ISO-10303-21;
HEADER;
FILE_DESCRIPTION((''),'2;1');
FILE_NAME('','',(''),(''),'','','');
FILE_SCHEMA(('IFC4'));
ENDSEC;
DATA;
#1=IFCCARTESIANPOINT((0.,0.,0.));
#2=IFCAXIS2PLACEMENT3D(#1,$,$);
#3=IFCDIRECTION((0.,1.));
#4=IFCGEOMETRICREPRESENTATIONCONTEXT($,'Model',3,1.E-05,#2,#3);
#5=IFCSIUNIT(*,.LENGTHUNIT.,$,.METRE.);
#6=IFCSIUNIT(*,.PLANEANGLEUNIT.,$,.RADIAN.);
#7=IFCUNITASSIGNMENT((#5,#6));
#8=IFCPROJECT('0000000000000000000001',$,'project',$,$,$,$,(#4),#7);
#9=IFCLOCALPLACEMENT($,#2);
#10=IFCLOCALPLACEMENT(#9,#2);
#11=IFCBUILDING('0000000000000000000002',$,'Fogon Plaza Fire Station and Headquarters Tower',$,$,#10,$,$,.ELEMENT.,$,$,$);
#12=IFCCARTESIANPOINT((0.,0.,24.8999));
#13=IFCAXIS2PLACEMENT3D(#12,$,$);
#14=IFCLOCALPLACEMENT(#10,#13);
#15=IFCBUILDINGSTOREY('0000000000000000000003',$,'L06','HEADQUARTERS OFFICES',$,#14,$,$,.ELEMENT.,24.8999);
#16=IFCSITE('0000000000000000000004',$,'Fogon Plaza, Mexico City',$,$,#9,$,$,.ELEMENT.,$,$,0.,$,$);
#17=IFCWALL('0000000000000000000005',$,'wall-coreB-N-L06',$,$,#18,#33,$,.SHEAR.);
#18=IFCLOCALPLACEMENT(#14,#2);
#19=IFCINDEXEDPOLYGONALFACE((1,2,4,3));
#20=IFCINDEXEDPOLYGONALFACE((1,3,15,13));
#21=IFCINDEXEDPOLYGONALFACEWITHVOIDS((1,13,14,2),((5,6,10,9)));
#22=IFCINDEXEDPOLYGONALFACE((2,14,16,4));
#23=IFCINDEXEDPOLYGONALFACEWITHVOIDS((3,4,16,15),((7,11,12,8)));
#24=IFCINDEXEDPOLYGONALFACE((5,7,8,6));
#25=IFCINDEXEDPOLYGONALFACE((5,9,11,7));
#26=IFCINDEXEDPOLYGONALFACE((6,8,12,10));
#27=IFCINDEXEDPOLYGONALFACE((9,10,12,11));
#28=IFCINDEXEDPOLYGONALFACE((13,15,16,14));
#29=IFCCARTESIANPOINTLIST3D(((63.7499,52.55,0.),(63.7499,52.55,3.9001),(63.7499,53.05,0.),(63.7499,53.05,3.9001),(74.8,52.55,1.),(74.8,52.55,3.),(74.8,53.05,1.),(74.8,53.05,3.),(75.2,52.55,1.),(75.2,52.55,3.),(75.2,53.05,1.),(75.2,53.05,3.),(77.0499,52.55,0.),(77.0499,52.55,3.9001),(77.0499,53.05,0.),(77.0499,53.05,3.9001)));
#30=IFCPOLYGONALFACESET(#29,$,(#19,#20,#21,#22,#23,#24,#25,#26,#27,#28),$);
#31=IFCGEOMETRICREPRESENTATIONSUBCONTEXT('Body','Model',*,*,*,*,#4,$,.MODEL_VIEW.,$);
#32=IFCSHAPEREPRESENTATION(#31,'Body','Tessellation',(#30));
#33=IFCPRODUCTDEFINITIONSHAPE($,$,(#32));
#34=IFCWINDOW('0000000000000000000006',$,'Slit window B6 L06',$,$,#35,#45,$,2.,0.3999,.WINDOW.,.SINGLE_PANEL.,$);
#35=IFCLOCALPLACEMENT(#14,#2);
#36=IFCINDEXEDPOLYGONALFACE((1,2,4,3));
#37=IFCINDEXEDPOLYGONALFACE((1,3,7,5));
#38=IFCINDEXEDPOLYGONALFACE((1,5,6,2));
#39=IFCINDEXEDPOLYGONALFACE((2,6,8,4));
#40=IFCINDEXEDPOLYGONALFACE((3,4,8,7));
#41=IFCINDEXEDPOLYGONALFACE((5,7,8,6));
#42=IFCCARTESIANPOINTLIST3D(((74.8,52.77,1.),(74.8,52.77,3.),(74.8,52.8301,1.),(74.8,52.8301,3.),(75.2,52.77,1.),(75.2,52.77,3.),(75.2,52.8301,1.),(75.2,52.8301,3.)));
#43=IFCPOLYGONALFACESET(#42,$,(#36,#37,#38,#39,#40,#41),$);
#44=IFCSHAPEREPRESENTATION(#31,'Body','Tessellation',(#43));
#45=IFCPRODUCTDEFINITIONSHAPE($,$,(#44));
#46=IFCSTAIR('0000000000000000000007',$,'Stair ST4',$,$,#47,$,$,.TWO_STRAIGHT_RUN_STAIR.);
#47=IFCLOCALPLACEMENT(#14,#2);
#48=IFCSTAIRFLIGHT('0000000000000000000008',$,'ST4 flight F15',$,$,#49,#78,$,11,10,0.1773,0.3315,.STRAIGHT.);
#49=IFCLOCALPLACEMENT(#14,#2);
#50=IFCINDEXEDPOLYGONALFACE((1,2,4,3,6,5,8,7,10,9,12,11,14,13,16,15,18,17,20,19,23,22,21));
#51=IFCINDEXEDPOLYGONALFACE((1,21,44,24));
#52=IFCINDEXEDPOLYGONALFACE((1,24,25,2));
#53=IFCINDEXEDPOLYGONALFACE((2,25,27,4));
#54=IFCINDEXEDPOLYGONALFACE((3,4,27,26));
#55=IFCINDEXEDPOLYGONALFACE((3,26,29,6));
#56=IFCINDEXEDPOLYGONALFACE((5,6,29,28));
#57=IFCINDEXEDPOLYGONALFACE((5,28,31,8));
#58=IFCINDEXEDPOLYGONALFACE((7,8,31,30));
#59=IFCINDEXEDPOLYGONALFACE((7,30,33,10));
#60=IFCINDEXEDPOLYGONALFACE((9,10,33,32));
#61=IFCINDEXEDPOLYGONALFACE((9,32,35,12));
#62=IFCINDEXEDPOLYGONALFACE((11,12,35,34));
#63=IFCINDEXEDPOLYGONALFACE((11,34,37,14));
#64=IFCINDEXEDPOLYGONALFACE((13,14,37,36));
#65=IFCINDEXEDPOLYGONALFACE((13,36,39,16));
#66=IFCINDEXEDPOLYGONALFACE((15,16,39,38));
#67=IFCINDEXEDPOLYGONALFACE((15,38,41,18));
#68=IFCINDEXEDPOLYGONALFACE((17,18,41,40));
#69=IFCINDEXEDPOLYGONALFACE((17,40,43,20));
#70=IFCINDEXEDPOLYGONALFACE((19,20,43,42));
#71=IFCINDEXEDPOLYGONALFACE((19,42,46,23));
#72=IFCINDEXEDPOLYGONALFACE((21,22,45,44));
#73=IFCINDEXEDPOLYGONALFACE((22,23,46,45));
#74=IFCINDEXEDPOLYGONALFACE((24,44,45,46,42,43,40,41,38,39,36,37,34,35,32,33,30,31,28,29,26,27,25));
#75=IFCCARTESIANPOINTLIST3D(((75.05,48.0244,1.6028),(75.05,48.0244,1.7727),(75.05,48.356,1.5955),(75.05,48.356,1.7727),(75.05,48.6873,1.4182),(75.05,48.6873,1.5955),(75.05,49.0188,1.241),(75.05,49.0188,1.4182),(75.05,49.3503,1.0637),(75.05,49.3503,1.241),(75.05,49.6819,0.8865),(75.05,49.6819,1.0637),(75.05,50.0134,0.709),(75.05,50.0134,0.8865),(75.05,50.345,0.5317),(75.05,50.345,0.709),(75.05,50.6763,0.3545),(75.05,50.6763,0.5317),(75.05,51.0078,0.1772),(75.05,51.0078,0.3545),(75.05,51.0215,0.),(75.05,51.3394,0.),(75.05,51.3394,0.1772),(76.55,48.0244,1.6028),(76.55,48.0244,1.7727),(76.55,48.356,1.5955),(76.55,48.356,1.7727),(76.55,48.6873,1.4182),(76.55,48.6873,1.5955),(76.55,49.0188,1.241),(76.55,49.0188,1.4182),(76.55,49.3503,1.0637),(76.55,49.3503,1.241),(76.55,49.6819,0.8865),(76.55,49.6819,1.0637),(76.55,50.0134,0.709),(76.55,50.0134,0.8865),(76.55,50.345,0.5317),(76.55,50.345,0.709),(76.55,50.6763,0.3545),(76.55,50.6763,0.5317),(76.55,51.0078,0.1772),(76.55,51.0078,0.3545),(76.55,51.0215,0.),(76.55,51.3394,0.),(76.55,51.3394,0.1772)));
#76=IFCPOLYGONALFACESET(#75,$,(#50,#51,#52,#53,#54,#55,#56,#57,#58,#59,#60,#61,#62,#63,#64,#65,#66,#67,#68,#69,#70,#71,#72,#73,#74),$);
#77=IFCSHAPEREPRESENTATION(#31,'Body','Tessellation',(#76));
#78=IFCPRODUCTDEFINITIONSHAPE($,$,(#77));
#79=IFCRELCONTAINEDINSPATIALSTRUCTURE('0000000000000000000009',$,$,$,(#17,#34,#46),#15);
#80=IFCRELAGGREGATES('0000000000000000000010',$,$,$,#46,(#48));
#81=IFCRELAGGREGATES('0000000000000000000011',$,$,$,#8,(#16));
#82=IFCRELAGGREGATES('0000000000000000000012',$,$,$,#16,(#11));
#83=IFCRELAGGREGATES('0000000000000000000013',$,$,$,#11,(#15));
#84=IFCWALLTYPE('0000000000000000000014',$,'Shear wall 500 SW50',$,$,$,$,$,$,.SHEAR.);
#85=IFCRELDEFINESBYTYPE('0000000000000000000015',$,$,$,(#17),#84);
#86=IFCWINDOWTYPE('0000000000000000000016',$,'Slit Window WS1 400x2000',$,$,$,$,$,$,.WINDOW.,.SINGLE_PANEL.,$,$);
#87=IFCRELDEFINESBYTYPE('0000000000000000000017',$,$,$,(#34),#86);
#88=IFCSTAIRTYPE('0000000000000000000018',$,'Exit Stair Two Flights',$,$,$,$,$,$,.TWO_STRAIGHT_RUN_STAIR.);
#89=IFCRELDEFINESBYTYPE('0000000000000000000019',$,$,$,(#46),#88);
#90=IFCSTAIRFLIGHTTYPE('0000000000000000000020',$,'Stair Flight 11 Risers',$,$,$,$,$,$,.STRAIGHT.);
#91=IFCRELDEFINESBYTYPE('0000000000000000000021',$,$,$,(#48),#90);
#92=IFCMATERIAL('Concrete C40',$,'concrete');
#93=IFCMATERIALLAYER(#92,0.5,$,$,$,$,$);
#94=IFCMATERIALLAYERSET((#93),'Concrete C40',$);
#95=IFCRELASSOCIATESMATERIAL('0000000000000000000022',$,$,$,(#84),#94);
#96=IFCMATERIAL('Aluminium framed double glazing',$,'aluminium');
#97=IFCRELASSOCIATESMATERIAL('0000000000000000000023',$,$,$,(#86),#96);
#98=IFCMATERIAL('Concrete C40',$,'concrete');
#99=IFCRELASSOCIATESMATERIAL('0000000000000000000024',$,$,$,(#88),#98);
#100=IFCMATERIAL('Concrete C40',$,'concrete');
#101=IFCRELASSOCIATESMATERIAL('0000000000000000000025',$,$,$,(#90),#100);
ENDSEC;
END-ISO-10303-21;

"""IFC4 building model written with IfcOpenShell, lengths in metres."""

from ifc_helpers import new_model, si_unit, direction, frame, frame_2d, origin, place, context, subcontext, project, spatial, polyline, rectangle, outline, extrude, material, layer, layer_set, type_object, element, fill, aggregate, save


model = new_model("IFC4")

# Units and contexts
model_context = context("Model", 3, precision=1e-05, world=origin(), true_north=direction((0.0, 1.0)))
body_context = subcontext(model_context, "Body", "Model", "MODEL_VIEW")
ifc_project = project(units=[si_unit("LENGTHUNIT", "METRE"), si_unit("PLANEANGLEUNIT", "RADIAN")], contexts=[model_context])

# Site, building, storey
site_placement = place(None, origin())
site = spatial("IfcSite", under=ifc_project, at=site_placement, Name="Fogon Plaza, Mexico City", CompositionType="ELEMENT", RefElevation=0.0)
building_placement = place(site_placement, origin())
building = spatial("IfcBuilding", under=site, at=building_placement, Name="Fogon Plaza Fire Station and Headquarters Tower", CompositionType="ELEMENT")
storey_placement = place(building_placement, frame((0.0, 0.0, 24.8999)))
storey = spatial("IfcBuildingStorey", under=building, at=storey_placement, Name="L06", Description="HEADQUARTERS OFFICES", CompositionType="ELEMENT", Elevation=24.8999)

# Wall, opening, window
ifc_material_1 = material(Name="Concrete C40", Category="concrete")
ifc_layer_1 = layer(ifc_material_1, 0.5)
ifc_layer_set_1 = layer_set([ifc_layer_1], Name="Concrete C40")
wall_type_1 = type_object("IfcWallType", Name="Shear wall 500 SW50", PredefinedType="SHEAR", material=ifc_layer_set_1)
wall_1_placement = place(storey_placement, frame((63.75, 52.8, 0.0), z_axis=(0.0, 0.0, 1.0), x_axis=(1.0, 0.0, 0.0)))
wall_1 = element("IfcWall", 1, at=wall_1_placement, inside=storey, type_object=wall_type_1, Name="wall-coreB-N-L06", PredefinedType="SHEAR", context=body_context, shape_type="SweptSolid", body=[
    extrude(rectangle(XDim=13.3, YDim=0.5, at=frame_2d((6.6499, 0.0))), origin(), (0.0, 0.0, 1.0), 3.9001),
])
opening_placement = place(wall_1_placement, frame((11.05, 0.0, 1.0)))
opening = element("IfcOpeningElement", 2, at=opening_placement, cuts=wall_1, PredefinedType="OPENING", context=body_context, shape_type="SweptSolid", body=[
    extrude(rectangle(XDim=0.3999, YDim=2.0, at=frame_2d((0.2, 1.0))), frame((0.0, 0.26, 0.0), z_axis=(0.0, -1.0, 0.0), x_axis=(1.0, 0.0, 0.0)), (0.0, 0.0, 1.0), 0.52),
])
ifc_material_2 = material(Name="Aluminium framed double glazing", Category="aluminium")
window_type = type_object("IfcWindowType", Name="Slit Window WS1 400x2000", PartitioningType="SINGLE_PANEL", PredefinedType="WINDOW", material=ifc_material_2)
window_placement = place(opening_placement, origin())
window = element("IfcWindow", 3, at=window_placement, inside=storey, type_object=window_type, Name="Slit window B6 L06", OverallHeight=2.0, OverallWidth=0.3999, PartitioningType="SINGLE_PANEL", PredefinedType="WINDOW", context=body_context, shape_type="SweptSolid", body=[
    extrude(rectangle(XDim=0.3999, YDim=2.0, at=frame_2d((0.2, 1.0))), frame((0.0, 0.03, 0.0), z_axis=(0.0, -1.0, 0.0), x_axis=(1.0, 0.0, 0.0)), (0.0, 0.0, 1.0), 0.0601),
])
fill(opening, window)

# Stair, stair flight
ifc_material_3 = material(Name="Concrete C40", Category="concrete")
stair_type = type_object("IfcStairType", Name="Exit Stair Two Flights", PredefinedType="TWO_STRAIGHT_RUN_STAIR", material=ifc_material_3)
stair_placement = place(storey_placement, origin())
stair = element("IfcStair", 4, at=stair_placement, inside=storey, type_object=stair_type, Name="Stair ST4", PredefinedType="TWO_STRAIGHT_RUN_STAIR")
ifc_material_4 = material(Name="Concrete C40", Category="concrete")
stair_flight_type = type_object("IfcStairFlightType", Name="Stair Flight 11 Risers", PredefinedType="STRAIGHT", material=ifc_material_4)
stair_flight_placement = place(storey_placement, frame((75.8, 51.3394, 0.0), z_axis=(0.0, 0.0, 1.0), x_axis=(0.0, -1.0, 0.0)))
stair_flight = element("IfcStairFlight", 5, at=stair_flight_placement, type_object=stair_flight_type, Name="ST4 flight F15", NumberOfRisers=11, NumberOfTreads=10, PredefinedType="STRAIGHT", RiserHeight=0.1773, TreadLength=0.3315, context=body_context, shape_type="SweptSolid", body=[
    extrude(outline(polyline([(0.0, 0.0), (0.0, 0.1772), (0.3315, 0.1772), (0.3315, 0.3545), (0.6631, 0.3545), (0.6631, 0.5317), (0.9944, 0.5317), (0.9944, 0.709), (1.3259, 0.709), (1.3259, 0.8865), (1.6575, 0.8865), (1.6575, 1.0637), (1.989, 1.0637), (1.989, 1.241), (2.3206, 1.241), (2.3206, 1.4182), (2.6521, 1.4182), (2.6521, 1.5955), (2.9834, 1.5955), (2.9834, 1.7727), (3.3149, 1.7727), (3.3149, 1.95), (3.3149, 1.6028), (0.3179, 0.0), (0.0, 0.0)])), frame((0.0, 0.75, 0.0), z_axis=(0.0, -1.0, 0.0), x_axis=(1.0, 0.0, 0.0)), (0.0, 0.0, 1.0), 1.5),
])
aggregate(stair, [stair_flight])

save(model, "model.ifc")
